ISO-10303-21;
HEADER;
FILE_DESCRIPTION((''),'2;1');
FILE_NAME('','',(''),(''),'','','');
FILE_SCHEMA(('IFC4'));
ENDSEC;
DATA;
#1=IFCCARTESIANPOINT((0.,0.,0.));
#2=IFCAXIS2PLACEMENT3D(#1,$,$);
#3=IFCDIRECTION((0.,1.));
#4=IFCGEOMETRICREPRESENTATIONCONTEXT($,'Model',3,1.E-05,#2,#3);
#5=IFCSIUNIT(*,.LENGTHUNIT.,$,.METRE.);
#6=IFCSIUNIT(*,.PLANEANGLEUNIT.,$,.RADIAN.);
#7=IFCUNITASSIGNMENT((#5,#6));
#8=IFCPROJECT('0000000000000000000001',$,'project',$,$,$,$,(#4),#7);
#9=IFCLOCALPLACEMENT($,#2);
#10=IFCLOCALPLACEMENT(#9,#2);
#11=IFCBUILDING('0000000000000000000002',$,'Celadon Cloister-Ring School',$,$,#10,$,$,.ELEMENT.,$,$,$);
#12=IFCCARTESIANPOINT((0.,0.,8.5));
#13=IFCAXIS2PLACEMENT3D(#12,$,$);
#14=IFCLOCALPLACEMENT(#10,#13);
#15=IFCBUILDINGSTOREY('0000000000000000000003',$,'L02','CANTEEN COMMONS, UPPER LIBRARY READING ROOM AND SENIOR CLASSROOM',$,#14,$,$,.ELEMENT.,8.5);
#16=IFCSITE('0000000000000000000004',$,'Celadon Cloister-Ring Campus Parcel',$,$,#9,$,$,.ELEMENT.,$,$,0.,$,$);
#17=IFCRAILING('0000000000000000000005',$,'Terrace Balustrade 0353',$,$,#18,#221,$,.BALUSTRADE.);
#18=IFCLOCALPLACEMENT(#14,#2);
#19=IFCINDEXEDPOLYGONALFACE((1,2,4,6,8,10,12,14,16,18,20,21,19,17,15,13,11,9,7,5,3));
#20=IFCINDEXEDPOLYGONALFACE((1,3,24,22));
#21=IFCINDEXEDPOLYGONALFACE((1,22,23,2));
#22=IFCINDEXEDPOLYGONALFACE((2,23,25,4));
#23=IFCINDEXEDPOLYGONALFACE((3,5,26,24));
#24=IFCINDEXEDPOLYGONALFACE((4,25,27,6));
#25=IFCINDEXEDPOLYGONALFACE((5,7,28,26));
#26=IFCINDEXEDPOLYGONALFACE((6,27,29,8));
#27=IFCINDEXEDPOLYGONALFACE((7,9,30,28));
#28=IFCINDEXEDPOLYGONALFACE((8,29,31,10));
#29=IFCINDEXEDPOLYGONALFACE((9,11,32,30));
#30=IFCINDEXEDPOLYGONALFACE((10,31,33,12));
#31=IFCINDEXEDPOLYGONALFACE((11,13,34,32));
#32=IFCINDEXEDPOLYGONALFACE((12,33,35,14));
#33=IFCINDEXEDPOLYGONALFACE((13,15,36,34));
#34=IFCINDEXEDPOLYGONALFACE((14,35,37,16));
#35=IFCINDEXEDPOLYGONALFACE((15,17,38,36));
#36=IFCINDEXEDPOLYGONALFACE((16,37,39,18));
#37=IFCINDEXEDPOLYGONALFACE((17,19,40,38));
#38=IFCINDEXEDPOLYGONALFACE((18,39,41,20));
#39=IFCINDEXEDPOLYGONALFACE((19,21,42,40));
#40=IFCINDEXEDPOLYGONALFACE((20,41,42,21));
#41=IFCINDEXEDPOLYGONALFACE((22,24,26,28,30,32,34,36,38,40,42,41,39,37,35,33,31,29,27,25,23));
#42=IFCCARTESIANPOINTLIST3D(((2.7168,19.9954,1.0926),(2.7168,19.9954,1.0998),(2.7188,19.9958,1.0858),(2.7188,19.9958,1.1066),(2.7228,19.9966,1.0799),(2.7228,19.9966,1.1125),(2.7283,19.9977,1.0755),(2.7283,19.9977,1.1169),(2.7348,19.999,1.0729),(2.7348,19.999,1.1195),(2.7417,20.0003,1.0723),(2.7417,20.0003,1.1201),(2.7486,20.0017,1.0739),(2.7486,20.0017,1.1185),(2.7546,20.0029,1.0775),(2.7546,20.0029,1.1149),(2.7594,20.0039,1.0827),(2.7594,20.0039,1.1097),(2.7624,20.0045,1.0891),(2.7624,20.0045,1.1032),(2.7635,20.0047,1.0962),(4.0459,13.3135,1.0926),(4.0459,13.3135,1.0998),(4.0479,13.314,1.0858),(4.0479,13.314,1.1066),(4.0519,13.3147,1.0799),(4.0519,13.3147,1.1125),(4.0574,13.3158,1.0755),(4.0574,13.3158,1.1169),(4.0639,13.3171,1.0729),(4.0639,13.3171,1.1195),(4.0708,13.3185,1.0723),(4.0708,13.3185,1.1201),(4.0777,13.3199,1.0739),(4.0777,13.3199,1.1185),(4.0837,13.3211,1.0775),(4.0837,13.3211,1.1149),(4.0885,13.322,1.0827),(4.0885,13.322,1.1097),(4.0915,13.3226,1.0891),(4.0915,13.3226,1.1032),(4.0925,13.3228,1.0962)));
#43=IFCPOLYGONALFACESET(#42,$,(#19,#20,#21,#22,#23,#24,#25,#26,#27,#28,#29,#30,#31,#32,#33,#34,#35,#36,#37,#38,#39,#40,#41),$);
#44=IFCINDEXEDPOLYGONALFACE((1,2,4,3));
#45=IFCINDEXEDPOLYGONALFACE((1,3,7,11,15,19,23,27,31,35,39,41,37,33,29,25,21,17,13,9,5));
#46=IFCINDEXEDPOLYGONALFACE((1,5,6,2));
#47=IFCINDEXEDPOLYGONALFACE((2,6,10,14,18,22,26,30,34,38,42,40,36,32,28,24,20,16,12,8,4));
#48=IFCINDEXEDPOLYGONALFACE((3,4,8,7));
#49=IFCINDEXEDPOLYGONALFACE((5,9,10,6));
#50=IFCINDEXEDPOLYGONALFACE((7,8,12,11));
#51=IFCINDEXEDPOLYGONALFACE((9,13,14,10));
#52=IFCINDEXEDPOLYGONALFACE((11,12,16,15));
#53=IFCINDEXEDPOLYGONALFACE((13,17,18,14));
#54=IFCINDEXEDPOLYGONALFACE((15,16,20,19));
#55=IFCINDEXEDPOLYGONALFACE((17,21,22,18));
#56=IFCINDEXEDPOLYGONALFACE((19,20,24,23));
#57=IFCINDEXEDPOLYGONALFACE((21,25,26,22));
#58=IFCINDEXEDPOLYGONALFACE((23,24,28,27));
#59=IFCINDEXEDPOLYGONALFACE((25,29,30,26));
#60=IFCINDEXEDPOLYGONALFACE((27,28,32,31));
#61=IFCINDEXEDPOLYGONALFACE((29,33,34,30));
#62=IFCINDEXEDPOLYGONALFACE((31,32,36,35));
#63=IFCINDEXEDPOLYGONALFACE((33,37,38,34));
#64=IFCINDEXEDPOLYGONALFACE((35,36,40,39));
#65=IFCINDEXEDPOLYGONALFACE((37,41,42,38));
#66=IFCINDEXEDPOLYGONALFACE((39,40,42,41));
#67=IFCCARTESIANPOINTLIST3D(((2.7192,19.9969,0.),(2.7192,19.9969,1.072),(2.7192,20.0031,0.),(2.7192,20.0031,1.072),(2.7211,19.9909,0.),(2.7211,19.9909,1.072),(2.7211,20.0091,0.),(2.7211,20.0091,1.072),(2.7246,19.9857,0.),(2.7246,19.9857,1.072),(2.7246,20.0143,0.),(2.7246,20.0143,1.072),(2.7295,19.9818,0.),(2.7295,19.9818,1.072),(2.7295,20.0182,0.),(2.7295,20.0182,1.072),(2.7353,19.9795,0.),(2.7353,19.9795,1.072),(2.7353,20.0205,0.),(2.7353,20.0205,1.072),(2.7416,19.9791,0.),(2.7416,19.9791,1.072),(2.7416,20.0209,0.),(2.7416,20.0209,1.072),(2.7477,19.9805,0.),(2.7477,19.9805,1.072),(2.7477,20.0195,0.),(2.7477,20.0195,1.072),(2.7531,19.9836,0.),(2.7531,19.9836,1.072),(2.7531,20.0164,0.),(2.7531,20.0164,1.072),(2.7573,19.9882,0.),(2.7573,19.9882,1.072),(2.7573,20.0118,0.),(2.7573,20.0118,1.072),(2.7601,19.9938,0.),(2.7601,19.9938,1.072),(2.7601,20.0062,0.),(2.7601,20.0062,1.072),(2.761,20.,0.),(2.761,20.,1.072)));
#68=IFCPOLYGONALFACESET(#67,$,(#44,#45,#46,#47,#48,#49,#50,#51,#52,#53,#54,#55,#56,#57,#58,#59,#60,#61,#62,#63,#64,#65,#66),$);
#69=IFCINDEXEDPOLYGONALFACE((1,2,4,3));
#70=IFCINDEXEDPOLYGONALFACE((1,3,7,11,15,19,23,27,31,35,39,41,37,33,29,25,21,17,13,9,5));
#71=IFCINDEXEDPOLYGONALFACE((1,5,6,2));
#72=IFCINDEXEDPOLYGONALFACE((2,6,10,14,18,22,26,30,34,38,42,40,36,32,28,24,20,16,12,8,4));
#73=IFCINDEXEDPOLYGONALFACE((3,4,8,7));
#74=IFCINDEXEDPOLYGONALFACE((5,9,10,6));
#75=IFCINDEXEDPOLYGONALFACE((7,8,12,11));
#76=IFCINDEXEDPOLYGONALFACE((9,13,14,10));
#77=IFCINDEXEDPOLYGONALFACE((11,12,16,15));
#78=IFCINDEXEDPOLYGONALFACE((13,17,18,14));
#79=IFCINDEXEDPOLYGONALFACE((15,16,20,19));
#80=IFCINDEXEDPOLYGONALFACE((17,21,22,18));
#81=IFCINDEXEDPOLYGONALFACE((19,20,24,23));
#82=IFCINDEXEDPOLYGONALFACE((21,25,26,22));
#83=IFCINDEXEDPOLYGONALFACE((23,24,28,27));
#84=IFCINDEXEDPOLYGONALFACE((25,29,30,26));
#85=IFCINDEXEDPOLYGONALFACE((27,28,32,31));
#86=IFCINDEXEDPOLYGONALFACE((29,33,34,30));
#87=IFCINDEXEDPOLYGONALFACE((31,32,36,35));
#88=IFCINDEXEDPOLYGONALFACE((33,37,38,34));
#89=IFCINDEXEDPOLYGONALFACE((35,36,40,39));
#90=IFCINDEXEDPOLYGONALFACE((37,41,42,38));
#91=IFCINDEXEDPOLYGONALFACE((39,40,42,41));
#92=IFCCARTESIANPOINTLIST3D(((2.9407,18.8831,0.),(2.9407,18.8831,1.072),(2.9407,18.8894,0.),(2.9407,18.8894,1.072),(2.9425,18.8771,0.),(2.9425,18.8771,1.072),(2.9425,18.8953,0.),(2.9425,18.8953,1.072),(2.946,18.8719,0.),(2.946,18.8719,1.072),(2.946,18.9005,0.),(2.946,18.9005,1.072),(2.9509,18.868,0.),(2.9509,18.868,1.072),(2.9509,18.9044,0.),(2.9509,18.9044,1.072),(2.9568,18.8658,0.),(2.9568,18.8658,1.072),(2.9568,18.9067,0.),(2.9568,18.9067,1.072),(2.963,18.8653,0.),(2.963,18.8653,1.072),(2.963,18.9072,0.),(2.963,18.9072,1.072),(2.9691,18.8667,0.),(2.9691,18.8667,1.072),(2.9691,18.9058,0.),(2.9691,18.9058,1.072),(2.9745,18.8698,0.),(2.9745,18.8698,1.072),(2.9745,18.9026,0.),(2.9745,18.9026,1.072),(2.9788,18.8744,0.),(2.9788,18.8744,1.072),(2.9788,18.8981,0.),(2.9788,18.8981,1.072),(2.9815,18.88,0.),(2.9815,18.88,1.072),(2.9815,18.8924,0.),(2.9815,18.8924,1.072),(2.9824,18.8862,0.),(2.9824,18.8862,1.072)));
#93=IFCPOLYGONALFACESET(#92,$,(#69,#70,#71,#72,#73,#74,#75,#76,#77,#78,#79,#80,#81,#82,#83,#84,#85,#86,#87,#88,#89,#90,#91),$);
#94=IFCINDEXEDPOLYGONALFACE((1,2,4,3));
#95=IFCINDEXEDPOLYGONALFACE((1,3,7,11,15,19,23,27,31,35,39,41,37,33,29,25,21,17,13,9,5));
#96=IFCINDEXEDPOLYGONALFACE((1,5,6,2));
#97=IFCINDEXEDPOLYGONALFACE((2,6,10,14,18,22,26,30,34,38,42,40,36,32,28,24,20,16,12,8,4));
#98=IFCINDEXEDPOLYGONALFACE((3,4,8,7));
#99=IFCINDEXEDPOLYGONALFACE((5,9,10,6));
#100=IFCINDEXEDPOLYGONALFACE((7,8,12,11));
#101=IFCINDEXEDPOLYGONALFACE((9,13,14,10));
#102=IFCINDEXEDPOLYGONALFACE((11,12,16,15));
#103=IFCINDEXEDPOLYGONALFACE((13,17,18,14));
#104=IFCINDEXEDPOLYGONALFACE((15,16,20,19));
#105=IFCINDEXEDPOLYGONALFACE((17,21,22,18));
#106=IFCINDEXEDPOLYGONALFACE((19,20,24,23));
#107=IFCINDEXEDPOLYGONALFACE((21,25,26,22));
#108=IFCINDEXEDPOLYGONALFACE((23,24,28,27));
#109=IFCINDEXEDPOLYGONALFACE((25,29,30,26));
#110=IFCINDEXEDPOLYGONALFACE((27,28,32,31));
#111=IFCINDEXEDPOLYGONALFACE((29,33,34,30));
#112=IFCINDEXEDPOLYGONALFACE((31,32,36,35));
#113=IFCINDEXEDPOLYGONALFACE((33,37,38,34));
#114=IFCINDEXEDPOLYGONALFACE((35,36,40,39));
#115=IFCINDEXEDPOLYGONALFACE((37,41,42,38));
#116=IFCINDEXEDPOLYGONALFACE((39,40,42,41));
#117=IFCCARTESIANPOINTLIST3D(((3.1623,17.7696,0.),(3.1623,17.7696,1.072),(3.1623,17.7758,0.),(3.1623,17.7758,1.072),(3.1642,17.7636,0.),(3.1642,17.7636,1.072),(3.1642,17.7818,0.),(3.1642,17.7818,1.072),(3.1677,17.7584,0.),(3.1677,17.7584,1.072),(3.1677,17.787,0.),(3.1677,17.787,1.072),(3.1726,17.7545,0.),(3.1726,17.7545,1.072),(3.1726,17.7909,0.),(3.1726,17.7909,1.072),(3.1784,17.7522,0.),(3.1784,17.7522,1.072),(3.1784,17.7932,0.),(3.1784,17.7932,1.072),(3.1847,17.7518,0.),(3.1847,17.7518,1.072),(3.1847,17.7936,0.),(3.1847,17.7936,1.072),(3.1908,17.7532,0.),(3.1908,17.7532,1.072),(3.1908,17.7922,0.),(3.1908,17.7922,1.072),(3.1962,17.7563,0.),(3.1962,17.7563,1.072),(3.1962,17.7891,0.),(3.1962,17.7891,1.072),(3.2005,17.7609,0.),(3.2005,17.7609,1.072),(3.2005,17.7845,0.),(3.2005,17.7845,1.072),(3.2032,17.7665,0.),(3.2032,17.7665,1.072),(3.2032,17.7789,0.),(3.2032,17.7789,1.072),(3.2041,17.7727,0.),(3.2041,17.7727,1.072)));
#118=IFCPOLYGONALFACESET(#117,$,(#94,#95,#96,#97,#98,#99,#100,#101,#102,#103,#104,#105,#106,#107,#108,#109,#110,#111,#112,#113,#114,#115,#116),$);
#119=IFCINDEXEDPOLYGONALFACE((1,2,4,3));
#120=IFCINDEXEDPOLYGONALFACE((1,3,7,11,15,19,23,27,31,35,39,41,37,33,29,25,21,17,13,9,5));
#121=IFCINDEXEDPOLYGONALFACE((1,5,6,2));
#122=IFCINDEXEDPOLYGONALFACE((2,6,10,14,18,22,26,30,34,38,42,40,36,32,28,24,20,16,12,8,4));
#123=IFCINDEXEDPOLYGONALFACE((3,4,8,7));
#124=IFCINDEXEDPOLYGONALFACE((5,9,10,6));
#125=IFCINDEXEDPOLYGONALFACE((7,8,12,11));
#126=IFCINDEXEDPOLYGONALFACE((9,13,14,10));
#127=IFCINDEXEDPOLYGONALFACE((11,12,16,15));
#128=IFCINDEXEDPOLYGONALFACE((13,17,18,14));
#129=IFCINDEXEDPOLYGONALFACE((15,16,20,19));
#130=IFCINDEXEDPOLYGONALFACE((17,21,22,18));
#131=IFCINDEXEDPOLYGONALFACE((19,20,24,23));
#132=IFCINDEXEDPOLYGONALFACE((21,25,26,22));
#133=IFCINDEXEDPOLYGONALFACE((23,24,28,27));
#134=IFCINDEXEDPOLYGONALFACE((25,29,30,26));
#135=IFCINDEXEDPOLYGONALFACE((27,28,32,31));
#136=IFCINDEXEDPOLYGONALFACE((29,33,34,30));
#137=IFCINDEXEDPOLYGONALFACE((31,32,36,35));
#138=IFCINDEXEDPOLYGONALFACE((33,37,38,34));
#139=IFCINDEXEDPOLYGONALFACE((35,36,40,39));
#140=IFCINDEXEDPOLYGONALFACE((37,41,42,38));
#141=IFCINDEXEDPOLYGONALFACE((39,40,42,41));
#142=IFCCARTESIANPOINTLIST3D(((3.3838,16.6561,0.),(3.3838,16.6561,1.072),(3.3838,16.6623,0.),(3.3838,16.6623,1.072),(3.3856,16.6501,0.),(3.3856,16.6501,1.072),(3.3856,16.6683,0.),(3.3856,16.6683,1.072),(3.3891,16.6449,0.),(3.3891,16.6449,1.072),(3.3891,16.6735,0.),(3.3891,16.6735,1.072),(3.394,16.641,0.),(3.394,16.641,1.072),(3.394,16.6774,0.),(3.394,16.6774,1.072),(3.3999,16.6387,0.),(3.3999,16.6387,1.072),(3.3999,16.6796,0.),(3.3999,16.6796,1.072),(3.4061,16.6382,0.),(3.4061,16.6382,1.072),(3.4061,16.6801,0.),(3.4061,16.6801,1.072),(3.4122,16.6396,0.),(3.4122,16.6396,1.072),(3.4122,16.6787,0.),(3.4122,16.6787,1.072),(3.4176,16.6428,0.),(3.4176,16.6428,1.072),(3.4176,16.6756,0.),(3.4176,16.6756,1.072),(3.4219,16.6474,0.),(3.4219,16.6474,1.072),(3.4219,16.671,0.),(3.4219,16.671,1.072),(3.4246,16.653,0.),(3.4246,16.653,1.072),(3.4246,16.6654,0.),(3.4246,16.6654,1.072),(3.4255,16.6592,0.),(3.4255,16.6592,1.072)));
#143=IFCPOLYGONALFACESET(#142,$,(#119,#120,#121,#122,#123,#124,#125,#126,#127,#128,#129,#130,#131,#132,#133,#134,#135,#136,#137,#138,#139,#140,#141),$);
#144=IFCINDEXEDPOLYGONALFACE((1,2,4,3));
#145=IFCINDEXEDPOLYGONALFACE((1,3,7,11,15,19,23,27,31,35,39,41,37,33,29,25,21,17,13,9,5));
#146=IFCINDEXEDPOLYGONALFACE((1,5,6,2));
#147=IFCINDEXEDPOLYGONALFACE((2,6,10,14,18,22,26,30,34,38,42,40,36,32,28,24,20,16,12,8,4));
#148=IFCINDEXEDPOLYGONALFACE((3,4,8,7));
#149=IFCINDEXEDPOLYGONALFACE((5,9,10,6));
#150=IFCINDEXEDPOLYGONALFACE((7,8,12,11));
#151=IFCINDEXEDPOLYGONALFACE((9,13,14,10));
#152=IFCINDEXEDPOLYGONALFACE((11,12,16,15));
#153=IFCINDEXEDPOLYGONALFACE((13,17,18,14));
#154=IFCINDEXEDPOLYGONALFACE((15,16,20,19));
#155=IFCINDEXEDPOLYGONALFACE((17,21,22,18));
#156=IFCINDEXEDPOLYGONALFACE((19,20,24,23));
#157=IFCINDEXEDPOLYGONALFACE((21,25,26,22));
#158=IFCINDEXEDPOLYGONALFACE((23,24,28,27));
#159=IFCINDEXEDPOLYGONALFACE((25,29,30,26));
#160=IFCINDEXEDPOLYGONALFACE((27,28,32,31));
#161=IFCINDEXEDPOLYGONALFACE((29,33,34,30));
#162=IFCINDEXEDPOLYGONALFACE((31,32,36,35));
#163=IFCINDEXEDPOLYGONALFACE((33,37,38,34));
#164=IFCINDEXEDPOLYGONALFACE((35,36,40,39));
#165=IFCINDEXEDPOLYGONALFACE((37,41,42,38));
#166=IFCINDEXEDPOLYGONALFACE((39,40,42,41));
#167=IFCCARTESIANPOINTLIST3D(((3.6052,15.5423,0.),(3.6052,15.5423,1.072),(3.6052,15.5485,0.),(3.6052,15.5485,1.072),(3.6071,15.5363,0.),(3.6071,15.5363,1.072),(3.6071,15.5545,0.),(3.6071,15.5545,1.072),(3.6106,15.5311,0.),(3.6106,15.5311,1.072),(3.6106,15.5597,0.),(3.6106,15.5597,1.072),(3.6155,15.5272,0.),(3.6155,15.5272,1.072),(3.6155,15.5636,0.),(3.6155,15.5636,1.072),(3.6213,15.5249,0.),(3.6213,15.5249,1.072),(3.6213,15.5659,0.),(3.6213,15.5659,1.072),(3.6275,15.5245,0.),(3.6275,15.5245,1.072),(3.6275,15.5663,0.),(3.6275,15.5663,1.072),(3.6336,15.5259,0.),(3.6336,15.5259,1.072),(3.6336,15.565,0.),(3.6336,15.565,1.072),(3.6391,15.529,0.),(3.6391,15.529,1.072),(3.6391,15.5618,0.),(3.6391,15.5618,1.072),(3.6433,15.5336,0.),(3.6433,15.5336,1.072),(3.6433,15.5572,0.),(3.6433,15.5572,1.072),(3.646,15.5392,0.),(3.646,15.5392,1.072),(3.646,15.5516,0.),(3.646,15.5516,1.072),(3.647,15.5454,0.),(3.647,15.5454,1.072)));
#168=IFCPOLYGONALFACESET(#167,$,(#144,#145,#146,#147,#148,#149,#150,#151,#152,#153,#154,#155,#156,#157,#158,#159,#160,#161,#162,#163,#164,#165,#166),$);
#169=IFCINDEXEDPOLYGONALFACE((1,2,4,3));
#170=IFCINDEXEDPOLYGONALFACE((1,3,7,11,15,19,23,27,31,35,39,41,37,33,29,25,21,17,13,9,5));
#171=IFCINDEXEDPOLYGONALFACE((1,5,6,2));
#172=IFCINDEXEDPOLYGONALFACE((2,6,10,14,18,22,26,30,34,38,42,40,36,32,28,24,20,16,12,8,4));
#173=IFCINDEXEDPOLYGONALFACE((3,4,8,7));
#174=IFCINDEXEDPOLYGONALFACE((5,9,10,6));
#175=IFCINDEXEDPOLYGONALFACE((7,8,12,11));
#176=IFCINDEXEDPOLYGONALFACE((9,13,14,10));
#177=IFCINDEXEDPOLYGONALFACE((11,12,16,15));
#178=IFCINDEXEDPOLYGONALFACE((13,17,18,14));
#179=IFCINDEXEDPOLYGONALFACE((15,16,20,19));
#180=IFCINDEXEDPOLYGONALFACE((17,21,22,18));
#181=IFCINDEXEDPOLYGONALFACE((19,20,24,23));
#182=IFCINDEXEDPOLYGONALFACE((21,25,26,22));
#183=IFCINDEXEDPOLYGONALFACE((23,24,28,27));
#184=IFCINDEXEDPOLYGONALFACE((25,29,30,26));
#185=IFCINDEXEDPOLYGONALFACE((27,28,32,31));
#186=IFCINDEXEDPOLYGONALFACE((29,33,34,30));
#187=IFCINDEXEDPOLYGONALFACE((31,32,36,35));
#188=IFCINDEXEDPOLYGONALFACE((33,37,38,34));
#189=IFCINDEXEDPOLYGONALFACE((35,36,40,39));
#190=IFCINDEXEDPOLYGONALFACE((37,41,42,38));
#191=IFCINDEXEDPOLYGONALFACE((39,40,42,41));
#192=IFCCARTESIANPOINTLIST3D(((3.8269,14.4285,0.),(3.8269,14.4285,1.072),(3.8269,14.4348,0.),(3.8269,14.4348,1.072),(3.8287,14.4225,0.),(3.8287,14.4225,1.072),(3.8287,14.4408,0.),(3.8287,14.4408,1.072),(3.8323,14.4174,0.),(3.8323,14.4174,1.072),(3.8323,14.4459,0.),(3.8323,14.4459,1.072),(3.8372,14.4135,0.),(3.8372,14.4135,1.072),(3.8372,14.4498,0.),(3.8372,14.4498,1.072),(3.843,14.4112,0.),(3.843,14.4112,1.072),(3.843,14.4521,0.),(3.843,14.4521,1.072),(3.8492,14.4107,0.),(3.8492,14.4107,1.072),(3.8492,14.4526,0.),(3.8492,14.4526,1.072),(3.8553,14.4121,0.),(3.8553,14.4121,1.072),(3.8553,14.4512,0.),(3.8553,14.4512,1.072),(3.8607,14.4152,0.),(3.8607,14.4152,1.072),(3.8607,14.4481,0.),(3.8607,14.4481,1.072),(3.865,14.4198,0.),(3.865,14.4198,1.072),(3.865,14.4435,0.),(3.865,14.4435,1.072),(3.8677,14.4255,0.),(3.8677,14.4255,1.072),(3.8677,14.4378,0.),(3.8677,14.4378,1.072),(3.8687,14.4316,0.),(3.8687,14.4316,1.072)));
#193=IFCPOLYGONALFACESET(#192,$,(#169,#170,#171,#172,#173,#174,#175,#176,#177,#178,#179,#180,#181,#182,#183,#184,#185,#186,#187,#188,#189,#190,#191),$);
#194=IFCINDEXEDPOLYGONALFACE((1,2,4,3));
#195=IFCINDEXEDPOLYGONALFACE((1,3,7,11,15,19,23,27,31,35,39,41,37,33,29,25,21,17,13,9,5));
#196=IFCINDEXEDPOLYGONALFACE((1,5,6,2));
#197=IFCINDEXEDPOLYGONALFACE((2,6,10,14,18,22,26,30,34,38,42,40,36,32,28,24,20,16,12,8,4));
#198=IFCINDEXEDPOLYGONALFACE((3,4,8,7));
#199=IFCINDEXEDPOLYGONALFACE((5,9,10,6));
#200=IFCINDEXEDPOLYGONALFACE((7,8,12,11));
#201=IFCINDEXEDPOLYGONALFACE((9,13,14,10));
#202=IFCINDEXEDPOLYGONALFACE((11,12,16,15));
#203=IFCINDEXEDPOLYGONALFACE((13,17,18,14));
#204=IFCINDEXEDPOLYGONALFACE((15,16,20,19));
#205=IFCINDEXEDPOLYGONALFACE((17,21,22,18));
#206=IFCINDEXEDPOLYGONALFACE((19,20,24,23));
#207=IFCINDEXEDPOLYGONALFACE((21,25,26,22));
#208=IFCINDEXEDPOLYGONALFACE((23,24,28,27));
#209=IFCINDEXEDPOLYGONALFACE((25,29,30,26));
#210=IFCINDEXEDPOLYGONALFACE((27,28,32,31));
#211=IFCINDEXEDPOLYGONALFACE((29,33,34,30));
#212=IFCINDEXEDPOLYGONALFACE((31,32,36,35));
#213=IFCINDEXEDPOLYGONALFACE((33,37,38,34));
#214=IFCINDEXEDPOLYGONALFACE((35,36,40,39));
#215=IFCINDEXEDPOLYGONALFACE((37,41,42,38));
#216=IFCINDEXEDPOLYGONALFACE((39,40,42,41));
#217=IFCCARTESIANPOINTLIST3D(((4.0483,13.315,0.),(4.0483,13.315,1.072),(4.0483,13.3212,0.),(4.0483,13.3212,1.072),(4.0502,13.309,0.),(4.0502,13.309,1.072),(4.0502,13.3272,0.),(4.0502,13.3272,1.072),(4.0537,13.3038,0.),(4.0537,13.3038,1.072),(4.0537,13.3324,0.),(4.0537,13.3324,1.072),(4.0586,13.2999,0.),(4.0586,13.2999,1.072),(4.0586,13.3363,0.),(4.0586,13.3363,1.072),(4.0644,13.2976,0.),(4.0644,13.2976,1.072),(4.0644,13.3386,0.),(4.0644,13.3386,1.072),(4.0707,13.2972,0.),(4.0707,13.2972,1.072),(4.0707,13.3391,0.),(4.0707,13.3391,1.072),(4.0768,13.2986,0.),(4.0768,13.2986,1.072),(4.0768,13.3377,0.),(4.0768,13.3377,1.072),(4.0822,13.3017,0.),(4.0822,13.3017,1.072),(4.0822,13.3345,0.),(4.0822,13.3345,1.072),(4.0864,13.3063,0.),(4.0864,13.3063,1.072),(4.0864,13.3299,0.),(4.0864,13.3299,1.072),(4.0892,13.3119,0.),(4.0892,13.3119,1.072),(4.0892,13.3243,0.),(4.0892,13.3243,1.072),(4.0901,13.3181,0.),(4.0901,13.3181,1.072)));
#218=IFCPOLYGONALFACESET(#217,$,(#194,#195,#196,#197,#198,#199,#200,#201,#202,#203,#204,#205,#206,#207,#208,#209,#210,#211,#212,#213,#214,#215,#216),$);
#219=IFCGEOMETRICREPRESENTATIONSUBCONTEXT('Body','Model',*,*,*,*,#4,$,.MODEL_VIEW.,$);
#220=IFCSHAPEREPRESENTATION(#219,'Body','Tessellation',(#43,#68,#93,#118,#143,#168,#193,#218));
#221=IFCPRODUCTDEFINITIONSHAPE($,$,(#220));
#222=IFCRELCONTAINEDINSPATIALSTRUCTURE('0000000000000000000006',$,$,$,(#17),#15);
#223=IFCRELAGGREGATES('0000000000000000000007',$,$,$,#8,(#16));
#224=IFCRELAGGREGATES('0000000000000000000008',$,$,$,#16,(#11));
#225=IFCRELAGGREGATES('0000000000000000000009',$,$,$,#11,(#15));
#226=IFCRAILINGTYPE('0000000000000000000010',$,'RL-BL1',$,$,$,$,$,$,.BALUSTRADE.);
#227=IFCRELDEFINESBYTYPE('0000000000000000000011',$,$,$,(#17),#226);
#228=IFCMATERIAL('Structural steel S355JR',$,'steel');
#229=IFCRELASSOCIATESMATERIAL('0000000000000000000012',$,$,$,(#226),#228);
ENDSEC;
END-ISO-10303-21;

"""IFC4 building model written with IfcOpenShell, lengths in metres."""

from ifc_helpers import new_model, si_unit, direction, frame, origin, origin_2d, place, context, subcontext, project, spatial, circle, extrude, material, type_object, element, save


model = new_model("IFC4")

# Units and contexts
model_context = context("Model", 3, precision=1e-05, world=origin(), true_north=direction((0.0, 1.0)))
body_context = subcontext(model_context, "Body", "Model", "MODEL_VIEW")
ifc_project = project(units=[si_unit("LENGTHUNIT", "METRE"), si_unit("PLANEANGLEUNIT", "RADIAN")], contexts=[model_context])

# Site, building, storey
site_placement = place(None, origin())
site = spatial("IfcSite", under=ifc_project, at=site_placement, Name="Celadon Cloister-Ring Campus Parcel", CompositionType="ELEMENT", RefElevation=0.0)
building_placement = place(site_placement, origin())
building = spatial("IfcBuilding", under=site, at=building_placement, Name="Celadon Cloister-Ring School", CompositionType="ELEMENT")
storey_placement = place(building_placement, frame((0.0, 0.0, 8.5)))
storey = spatial("IfcBuildingStorey", under=building, at=storey_placement, Name="L02", Description="CANTEEN COMMONS, UPPER LIBRARY READING ROOM AND SENIOR CLASSROOM", CompositionType="ELEMENT", Elevation=8.5)

# Railing
ifc_material_1 = material(Name="Structural steel S355JR", Category="steel")
railing_type_1 = type_object("IfcRailingType", Name="RL-BL1", PredefinedType="BALUSTRADE", material=ifc_material_1)
railing_1_placement = place(storey_placement, frame((2.74, 20.0, 0.0)))
element("IfcRailing", 1, at=railing_1_placement, inside=storey, type_object=railing_type_1, Name="Terrace Balustrade 0353", PredefinedType="BALUSTRADE", context=body_context, shape_type="SweptSolid", body=[
    extrude(circle(Radius=0.0239, at=origin_2d()), frame((0.0, 0.0, 1.0962), z_axis=(0.195089, -0.980786, 0.0), x_axis=(0.980786, 0.195089, 0.0)), (0.0, 0.0, 1.0), 6.8127),
    extrude(circle(Radius=0.021, at=origin_2d()), origin(), (0.0, 0.0, 1.0), 1.072),
    extrude(circle(Radius=0.021, at=origin_2d()), frame((0.2214, -1.1138, 0.0)), (0.0, 0.0, 1.0), 1.072),
    extrude(circle(Radius=0.021, at=origin_2d()), frame((0.4431, -2.2273, 0.0)), (0.0, 0.0, 1.0), 1.072),
    extrude(circle(Radius=0.021, at=origin_2d()), frame((0.6646, -3.3408, 0.0)), (0.0, 0.0, 1.0), 1.072),
    extrude(circle(Radius=0.021, at=origin_2d()), frame((0.886, -4.4546, 0.0)), (0.0, 0.0, 1.0), 1.072),
    extrude(circle(Radius=0.021, at=origin_2d()), frame((1.1077, -5.5684, 0.0)), (0.0, 0.0, 1.0), 1.072),
    extrude(circle(Radius=0.021, at=origin_2d()), frame((1.3291, -6.6819, 0.0)), (0.0, 0.0, 1.0), 1.072),
])

save(model, "model.ifc")
